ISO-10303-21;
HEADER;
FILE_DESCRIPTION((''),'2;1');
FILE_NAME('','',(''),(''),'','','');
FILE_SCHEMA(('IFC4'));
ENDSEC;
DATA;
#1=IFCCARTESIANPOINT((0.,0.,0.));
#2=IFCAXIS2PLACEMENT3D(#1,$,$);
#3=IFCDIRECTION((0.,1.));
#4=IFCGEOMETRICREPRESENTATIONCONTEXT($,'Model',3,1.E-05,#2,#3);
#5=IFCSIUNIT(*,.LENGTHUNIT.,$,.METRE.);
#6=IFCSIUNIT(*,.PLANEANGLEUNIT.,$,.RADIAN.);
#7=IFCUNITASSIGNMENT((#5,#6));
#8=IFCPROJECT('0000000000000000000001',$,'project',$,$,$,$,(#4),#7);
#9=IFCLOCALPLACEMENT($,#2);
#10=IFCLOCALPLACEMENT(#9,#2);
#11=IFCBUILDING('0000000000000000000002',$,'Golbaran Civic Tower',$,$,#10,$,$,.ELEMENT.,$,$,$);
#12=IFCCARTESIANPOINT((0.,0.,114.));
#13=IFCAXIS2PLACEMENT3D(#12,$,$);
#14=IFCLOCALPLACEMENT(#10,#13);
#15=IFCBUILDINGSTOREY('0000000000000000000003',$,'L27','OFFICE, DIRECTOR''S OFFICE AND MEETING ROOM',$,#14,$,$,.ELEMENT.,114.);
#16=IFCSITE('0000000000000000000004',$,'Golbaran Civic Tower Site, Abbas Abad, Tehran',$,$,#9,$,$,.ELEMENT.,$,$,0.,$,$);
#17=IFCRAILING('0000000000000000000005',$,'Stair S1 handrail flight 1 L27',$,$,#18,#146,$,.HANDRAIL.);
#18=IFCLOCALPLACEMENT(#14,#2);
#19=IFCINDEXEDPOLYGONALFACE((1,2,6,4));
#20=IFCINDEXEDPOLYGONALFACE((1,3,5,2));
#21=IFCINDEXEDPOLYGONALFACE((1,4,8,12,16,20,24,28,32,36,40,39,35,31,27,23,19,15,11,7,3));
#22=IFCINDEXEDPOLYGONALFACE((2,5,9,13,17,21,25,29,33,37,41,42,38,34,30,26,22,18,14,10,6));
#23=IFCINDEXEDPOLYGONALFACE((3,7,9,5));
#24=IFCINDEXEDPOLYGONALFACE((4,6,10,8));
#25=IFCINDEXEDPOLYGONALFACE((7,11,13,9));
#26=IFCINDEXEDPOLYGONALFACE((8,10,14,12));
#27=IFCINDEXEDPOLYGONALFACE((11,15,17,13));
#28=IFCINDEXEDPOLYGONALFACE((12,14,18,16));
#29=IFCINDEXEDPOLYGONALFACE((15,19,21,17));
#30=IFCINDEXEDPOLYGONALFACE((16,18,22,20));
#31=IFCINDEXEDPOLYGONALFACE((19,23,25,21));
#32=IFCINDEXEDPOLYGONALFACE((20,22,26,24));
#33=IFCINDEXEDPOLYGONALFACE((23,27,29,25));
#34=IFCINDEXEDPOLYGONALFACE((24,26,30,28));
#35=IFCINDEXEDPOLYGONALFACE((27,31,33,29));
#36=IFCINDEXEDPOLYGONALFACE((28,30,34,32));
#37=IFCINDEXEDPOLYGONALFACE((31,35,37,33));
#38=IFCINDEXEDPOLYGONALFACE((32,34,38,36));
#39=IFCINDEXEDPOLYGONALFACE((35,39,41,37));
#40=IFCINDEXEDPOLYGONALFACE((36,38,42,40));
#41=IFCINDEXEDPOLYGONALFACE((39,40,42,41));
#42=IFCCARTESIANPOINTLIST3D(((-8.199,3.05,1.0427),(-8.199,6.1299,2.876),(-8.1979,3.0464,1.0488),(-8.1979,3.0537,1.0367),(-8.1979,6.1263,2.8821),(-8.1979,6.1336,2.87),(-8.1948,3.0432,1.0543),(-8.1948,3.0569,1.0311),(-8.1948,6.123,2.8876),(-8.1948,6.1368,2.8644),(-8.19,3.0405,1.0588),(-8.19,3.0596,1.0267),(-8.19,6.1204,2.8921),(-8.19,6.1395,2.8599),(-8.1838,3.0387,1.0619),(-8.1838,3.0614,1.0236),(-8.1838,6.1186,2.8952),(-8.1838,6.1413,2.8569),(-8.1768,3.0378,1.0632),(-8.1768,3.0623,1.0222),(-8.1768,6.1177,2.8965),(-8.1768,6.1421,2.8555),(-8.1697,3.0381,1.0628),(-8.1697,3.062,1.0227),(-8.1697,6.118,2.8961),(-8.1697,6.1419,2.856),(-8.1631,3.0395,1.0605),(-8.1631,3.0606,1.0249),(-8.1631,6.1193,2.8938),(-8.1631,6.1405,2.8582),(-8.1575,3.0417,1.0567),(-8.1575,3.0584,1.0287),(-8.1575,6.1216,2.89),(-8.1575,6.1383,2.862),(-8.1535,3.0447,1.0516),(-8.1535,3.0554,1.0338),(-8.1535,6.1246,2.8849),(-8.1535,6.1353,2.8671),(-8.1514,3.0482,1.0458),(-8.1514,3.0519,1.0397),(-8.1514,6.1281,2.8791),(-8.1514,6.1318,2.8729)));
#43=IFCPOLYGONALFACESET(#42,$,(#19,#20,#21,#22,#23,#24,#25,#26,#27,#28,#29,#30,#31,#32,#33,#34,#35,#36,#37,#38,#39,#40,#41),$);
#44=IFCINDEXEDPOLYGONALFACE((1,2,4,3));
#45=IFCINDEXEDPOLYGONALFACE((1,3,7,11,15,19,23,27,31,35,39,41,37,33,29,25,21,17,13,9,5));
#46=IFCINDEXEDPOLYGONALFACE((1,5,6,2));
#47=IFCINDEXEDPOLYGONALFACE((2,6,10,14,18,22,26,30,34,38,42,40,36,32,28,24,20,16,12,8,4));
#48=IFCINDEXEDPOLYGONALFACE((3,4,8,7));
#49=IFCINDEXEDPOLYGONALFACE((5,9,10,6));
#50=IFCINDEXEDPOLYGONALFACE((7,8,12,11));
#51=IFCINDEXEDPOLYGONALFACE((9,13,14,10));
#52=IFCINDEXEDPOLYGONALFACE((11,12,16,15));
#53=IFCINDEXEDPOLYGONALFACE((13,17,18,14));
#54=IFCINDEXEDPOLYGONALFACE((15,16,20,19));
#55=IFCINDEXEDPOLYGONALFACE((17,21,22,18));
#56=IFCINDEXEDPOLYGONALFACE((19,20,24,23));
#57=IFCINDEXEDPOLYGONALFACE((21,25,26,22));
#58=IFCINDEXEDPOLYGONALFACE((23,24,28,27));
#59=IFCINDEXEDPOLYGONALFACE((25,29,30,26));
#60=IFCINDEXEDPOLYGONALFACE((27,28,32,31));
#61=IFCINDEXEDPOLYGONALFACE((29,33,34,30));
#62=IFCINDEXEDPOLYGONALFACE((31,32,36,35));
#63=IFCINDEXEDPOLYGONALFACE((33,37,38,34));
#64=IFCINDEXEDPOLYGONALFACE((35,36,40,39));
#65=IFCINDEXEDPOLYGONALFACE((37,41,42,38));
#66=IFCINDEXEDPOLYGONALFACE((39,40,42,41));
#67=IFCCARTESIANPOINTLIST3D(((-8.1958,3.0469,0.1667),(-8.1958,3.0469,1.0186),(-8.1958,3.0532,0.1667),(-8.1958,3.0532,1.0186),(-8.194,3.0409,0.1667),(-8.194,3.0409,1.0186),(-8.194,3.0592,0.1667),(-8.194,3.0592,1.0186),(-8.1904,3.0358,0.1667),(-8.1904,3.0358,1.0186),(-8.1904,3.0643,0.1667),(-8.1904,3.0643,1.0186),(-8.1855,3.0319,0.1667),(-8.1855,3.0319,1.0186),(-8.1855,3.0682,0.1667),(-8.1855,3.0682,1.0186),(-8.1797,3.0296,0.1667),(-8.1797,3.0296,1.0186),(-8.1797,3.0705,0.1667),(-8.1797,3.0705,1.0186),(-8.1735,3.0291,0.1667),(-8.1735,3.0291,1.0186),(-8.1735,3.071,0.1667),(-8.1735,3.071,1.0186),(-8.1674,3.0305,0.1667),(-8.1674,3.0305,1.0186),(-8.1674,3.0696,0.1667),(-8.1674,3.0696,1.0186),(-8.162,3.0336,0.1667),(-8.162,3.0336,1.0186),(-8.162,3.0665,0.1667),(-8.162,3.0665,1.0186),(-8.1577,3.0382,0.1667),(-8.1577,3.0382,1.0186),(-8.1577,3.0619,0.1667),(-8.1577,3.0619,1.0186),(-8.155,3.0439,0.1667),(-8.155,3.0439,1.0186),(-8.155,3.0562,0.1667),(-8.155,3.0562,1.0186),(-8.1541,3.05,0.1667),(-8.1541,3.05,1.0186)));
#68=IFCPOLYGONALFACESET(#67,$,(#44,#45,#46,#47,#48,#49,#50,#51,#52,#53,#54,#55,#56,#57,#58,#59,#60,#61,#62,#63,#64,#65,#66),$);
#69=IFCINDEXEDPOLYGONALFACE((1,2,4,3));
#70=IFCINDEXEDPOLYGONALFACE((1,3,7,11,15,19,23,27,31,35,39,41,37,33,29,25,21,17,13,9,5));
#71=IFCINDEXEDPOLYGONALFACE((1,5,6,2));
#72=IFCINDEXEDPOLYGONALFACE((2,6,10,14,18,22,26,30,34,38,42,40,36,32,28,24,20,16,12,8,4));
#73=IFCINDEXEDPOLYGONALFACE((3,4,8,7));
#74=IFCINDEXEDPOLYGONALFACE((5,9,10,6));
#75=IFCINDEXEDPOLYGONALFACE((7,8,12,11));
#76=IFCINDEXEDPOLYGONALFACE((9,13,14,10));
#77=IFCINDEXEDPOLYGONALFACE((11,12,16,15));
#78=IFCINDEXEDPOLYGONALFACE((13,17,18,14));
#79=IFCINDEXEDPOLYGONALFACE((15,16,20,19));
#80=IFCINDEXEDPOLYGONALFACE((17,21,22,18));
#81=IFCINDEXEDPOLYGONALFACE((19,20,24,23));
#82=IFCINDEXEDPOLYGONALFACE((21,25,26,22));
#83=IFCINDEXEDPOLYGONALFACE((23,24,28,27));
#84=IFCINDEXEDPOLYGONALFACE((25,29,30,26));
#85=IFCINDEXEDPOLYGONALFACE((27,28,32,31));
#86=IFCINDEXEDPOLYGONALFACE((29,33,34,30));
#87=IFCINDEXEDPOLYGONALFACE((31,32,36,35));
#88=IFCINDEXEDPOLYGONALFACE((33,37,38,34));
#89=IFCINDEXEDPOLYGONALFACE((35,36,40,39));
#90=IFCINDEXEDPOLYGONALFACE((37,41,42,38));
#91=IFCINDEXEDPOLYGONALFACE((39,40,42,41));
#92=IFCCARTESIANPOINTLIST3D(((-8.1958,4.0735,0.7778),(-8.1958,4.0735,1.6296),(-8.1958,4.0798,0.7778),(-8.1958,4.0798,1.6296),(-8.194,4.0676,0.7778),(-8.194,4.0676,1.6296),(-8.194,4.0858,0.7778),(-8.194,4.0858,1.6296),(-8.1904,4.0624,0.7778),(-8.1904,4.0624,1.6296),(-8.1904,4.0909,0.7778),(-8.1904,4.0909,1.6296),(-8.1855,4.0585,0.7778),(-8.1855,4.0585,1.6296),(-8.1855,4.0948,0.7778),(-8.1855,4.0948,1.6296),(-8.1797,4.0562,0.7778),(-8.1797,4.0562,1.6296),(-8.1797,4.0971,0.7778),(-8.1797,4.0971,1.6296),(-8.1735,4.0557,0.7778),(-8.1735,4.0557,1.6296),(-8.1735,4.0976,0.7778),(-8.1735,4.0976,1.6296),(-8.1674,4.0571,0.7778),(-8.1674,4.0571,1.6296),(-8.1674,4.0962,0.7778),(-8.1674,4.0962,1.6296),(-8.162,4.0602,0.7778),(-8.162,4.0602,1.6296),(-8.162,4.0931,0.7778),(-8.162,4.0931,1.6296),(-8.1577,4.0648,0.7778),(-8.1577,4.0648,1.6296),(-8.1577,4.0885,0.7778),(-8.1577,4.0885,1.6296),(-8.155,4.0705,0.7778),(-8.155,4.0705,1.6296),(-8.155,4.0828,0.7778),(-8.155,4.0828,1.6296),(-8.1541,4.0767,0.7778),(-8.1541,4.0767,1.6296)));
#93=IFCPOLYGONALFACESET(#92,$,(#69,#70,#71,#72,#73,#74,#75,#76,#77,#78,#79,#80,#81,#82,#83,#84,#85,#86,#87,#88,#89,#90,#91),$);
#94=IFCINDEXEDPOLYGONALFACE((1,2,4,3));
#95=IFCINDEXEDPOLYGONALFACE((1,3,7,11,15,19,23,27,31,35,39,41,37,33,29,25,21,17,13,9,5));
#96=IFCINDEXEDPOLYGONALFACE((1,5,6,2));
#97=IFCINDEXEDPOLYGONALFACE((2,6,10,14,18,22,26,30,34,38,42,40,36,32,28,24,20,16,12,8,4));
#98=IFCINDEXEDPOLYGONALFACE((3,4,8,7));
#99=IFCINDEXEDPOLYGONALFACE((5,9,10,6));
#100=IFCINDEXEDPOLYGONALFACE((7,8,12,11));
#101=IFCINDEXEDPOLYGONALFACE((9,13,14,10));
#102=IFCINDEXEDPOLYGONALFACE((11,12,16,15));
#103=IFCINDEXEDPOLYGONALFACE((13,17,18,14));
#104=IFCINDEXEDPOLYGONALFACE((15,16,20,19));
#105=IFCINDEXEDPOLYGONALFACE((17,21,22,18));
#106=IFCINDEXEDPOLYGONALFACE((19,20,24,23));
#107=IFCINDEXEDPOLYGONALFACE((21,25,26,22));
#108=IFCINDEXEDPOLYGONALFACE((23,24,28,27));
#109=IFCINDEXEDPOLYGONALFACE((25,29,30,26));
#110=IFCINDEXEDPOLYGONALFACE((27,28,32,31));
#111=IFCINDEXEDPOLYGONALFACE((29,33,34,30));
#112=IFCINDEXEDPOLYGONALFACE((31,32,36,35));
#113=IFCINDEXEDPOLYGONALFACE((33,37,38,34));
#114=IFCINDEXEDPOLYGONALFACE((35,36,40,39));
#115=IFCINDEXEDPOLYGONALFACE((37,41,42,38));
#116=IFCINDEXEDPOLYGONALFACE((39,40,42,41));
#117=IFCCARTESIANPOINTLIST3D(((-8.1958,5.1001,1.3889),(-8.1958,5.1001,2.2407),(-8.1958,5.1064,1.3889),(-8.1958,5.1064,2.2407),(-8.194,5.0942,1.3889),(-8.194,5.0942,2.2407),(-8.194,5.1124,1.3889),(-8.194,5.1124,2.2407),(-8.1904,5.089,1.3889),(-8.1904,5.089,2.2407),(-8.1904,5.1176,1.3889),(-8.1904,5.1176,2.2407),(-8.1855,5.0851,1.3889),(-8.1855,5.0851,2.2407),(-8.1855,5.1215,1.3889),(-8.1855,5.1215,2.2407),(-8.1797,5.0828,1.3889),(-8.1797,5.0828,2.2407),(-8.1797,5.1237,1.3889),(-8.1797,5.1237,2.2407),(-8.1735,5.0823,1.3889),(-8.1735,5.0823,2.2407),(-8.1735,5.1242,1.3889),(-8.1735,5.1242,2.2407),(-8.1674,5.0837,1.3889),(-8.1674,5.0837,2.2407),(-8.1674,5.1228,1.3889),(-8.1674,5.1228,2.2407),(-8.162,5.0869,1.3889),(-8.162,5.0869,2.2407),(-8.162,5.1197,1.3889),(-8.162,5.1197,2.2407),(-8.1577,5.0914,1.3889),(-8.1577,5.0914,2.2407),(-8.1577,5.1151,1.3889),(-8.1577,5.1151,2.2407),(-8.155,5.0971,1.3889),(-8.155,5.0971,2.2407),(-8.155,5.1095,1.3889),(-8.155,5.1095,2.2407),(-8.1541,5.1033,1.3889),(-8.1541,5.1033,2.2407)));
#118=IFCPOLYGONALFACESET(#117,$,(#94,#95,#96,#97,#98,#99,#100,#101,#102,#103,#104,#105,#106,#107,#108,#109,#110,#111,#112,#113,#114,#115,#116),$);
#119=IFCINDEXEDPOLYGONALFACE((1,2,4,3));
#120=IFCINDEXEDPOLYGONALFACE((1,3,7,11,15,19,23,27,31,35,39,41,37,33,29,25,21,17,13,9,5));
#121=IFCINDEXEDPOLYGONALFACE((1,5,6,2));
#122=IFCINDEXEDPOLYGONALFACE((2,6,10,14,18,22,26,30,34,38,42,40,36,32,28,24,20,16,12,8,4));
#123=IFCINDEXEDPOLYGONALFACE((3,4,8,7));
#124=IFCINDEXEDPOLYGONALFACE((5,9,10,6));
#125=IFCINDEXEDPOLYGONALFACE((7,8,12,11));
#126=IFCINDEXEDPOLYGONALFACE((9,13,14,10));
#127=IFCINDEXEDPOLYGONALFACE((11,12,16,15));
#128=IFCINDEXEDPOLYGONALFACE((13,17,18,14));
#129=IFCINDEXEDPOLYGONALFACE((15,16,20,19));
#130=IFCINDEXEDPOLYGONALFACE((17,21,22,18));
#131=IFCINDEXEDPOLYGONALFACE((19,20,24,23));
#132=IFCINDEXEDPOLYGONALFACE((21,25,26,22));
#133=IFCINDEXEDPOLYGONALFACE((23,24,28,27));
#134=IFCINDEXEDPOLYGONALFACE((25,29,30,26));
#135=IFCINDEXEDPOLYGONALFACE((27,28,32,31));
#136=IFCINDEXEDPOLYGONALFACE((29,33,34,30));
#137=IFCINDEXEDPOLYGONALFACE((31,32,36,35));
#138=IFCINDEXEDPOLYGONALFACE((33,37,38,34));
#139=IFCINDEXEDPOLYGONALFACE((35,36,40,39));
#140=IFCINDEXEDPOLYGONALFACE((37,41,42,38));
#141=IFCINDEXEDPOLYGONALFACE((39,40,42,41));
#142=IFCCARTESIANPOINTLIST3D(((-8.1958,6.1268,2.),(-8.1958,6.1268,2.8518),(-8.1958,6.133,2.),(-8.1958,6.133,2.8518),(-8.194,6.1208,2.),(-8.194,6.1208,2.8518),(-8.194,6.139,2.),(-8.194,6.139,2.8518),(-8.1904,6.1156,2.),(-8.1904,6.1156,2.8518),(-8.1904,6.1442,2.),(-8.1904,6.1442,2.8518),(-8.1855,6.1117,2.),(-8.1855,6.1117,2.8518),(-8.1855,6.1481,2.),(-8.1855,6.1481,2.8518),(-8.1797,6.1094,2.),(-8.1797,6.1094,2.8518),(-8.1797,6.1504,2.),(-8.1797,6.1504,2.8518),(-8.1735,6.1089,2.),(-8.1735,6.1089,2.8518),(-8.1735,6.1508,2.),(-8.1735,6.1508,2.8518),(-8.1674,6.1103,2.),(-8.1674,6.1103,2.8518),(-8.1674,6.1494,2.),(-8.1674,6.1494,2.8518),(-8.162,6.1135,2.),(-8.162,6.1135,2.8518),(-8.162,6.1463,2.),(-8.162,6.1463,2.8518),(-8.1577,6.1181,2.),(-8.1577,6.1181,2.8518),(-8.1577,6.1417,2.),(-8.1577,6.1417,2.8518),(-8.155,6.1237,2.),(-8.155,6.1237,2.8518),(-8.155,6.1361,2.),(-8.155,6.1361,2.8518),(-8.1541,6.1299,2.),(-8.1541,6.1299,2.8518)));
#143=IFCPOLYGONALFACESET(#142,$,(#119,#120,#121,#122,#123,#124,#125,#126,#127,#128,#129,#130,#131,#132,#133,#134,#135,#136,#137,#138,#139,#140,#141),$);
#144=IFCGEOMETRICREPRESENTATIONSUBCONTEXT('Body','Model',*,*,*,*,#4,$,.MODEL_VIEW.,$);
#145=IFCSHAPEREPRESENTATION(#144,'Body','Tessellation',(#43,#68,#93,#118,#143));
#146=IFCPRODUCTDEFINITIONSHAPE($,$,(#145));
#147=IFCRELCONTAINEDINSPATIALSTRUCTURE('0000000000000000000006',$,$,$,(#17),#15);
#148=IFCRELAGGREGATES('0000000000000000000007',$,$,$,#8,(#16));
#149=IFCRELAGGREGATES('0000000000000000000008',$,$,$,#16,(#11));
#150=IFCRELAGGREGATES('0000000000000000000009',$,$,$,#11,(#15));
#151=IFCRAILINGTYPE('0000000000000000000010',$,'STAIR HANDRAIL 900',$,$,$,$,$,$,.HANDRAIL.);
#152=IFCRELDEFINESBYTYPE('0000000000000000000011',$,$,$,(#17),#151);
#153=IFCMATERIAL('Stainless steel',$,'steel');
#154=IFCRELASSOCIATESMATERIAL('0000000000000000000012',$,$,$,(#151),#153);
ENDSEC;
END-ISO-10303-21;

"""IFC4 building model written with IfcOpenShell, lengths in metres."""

from ifc_helpers import new_model, si_unit, direction, frame, origin, origin_2d, place, context, subcontext, project, spatial, circle, extrude, material, type_object, element, save


model = new_model("IFC4")

# Units and contexts
model_context = context("Model", 3, precision=1e-05, world=origin(), true_north=direction((0.0, 1.0)))
body_context = subcontext(model_context, "Body", "Model", "MODEL_VIEW")
ifc_project = project(units=[si_unit("LENGTHUNIT", "METRE"), si_unit("PLANEANGLEUNIT", "RADIAN")], contexts=[model_context])

# Site, building, storey
site_placement = place(None, origin())
site = spatial("IfcSite", under=ifc_project, at=site_placement, Name="Golbaran Civic Tower Site, Abbas Abad, Tehran", CompositionType="ELEMENT", RefElevation=0.0)
building_placement = place(site_placement, origin())
building = spatial("IfcBuilding", under=site, at=building_placement, Name="Golbaran Civic Tower", CompositionType="ELEMENT")
storey_placement = place(building_placement, frame((0.0, 0.0, 114.0)))
storey = spatial("IfcBuildingStorey", under=building, at=storey_placement, Name="L27", Description="OFFICE, DIRECTOR'S OFFICE AND MEETING ROOM", CompositionType="ELEMENT", Elevation=114.0)

# Shared definitions
ifc_material_1 = material(Name="Stainless steel", Category="steel")

# Railing
railing_type = type_object("IfcRailingType", Name="STAIR HANDRAIL 900", PredefinedType="HANDRAIL", material=ifc_material_1)
railing_1_placement = place(storey_placement, frame((-8.175, 3.05, 0.1667)))
element("IfcRailing", 1, at=railing_1_placement, inside=storey, type_object=railing_type, Name="Stair S1 handrail flight 1 L27", PredefinedType="HANDRAIL", context=body_context, shape_type="SweptSolid", body=[
    extrude(circle(Radius=0.0239, at=origin_2d()), frame((0.0, 0.0, 0.876), z_axis=(0.0, 0.859291, 0.511487), x_axis=(-1.0, 0.0, 0.0)), (0.0, 0.0, 1.0), 3.5842),
    extrude(circle(Radius=0.021, at=origin_2d()), origin(), (0.0, 0.0, 1.0), 0.8518),
    extrude(circle(Radius=0.021, at=origin_2d()), frame((0.0, 1.0266, 0.6111)), (0.0, 0.0, 1.0), 0.8518),
    extrude(circle(Radius=0.021, at=origin_2d()), frame((0.0, 2.0532, 1.2222)), (0.0, 0.0, 1.0), 0.8518),
    extrude(circle(Radius=0.021, at=origin_2d()), frame((0.0, 3.0798, 1.8333)), (0.0, 0.0, 1.0), 0.8518),
])

save(model, "model.ifc")
